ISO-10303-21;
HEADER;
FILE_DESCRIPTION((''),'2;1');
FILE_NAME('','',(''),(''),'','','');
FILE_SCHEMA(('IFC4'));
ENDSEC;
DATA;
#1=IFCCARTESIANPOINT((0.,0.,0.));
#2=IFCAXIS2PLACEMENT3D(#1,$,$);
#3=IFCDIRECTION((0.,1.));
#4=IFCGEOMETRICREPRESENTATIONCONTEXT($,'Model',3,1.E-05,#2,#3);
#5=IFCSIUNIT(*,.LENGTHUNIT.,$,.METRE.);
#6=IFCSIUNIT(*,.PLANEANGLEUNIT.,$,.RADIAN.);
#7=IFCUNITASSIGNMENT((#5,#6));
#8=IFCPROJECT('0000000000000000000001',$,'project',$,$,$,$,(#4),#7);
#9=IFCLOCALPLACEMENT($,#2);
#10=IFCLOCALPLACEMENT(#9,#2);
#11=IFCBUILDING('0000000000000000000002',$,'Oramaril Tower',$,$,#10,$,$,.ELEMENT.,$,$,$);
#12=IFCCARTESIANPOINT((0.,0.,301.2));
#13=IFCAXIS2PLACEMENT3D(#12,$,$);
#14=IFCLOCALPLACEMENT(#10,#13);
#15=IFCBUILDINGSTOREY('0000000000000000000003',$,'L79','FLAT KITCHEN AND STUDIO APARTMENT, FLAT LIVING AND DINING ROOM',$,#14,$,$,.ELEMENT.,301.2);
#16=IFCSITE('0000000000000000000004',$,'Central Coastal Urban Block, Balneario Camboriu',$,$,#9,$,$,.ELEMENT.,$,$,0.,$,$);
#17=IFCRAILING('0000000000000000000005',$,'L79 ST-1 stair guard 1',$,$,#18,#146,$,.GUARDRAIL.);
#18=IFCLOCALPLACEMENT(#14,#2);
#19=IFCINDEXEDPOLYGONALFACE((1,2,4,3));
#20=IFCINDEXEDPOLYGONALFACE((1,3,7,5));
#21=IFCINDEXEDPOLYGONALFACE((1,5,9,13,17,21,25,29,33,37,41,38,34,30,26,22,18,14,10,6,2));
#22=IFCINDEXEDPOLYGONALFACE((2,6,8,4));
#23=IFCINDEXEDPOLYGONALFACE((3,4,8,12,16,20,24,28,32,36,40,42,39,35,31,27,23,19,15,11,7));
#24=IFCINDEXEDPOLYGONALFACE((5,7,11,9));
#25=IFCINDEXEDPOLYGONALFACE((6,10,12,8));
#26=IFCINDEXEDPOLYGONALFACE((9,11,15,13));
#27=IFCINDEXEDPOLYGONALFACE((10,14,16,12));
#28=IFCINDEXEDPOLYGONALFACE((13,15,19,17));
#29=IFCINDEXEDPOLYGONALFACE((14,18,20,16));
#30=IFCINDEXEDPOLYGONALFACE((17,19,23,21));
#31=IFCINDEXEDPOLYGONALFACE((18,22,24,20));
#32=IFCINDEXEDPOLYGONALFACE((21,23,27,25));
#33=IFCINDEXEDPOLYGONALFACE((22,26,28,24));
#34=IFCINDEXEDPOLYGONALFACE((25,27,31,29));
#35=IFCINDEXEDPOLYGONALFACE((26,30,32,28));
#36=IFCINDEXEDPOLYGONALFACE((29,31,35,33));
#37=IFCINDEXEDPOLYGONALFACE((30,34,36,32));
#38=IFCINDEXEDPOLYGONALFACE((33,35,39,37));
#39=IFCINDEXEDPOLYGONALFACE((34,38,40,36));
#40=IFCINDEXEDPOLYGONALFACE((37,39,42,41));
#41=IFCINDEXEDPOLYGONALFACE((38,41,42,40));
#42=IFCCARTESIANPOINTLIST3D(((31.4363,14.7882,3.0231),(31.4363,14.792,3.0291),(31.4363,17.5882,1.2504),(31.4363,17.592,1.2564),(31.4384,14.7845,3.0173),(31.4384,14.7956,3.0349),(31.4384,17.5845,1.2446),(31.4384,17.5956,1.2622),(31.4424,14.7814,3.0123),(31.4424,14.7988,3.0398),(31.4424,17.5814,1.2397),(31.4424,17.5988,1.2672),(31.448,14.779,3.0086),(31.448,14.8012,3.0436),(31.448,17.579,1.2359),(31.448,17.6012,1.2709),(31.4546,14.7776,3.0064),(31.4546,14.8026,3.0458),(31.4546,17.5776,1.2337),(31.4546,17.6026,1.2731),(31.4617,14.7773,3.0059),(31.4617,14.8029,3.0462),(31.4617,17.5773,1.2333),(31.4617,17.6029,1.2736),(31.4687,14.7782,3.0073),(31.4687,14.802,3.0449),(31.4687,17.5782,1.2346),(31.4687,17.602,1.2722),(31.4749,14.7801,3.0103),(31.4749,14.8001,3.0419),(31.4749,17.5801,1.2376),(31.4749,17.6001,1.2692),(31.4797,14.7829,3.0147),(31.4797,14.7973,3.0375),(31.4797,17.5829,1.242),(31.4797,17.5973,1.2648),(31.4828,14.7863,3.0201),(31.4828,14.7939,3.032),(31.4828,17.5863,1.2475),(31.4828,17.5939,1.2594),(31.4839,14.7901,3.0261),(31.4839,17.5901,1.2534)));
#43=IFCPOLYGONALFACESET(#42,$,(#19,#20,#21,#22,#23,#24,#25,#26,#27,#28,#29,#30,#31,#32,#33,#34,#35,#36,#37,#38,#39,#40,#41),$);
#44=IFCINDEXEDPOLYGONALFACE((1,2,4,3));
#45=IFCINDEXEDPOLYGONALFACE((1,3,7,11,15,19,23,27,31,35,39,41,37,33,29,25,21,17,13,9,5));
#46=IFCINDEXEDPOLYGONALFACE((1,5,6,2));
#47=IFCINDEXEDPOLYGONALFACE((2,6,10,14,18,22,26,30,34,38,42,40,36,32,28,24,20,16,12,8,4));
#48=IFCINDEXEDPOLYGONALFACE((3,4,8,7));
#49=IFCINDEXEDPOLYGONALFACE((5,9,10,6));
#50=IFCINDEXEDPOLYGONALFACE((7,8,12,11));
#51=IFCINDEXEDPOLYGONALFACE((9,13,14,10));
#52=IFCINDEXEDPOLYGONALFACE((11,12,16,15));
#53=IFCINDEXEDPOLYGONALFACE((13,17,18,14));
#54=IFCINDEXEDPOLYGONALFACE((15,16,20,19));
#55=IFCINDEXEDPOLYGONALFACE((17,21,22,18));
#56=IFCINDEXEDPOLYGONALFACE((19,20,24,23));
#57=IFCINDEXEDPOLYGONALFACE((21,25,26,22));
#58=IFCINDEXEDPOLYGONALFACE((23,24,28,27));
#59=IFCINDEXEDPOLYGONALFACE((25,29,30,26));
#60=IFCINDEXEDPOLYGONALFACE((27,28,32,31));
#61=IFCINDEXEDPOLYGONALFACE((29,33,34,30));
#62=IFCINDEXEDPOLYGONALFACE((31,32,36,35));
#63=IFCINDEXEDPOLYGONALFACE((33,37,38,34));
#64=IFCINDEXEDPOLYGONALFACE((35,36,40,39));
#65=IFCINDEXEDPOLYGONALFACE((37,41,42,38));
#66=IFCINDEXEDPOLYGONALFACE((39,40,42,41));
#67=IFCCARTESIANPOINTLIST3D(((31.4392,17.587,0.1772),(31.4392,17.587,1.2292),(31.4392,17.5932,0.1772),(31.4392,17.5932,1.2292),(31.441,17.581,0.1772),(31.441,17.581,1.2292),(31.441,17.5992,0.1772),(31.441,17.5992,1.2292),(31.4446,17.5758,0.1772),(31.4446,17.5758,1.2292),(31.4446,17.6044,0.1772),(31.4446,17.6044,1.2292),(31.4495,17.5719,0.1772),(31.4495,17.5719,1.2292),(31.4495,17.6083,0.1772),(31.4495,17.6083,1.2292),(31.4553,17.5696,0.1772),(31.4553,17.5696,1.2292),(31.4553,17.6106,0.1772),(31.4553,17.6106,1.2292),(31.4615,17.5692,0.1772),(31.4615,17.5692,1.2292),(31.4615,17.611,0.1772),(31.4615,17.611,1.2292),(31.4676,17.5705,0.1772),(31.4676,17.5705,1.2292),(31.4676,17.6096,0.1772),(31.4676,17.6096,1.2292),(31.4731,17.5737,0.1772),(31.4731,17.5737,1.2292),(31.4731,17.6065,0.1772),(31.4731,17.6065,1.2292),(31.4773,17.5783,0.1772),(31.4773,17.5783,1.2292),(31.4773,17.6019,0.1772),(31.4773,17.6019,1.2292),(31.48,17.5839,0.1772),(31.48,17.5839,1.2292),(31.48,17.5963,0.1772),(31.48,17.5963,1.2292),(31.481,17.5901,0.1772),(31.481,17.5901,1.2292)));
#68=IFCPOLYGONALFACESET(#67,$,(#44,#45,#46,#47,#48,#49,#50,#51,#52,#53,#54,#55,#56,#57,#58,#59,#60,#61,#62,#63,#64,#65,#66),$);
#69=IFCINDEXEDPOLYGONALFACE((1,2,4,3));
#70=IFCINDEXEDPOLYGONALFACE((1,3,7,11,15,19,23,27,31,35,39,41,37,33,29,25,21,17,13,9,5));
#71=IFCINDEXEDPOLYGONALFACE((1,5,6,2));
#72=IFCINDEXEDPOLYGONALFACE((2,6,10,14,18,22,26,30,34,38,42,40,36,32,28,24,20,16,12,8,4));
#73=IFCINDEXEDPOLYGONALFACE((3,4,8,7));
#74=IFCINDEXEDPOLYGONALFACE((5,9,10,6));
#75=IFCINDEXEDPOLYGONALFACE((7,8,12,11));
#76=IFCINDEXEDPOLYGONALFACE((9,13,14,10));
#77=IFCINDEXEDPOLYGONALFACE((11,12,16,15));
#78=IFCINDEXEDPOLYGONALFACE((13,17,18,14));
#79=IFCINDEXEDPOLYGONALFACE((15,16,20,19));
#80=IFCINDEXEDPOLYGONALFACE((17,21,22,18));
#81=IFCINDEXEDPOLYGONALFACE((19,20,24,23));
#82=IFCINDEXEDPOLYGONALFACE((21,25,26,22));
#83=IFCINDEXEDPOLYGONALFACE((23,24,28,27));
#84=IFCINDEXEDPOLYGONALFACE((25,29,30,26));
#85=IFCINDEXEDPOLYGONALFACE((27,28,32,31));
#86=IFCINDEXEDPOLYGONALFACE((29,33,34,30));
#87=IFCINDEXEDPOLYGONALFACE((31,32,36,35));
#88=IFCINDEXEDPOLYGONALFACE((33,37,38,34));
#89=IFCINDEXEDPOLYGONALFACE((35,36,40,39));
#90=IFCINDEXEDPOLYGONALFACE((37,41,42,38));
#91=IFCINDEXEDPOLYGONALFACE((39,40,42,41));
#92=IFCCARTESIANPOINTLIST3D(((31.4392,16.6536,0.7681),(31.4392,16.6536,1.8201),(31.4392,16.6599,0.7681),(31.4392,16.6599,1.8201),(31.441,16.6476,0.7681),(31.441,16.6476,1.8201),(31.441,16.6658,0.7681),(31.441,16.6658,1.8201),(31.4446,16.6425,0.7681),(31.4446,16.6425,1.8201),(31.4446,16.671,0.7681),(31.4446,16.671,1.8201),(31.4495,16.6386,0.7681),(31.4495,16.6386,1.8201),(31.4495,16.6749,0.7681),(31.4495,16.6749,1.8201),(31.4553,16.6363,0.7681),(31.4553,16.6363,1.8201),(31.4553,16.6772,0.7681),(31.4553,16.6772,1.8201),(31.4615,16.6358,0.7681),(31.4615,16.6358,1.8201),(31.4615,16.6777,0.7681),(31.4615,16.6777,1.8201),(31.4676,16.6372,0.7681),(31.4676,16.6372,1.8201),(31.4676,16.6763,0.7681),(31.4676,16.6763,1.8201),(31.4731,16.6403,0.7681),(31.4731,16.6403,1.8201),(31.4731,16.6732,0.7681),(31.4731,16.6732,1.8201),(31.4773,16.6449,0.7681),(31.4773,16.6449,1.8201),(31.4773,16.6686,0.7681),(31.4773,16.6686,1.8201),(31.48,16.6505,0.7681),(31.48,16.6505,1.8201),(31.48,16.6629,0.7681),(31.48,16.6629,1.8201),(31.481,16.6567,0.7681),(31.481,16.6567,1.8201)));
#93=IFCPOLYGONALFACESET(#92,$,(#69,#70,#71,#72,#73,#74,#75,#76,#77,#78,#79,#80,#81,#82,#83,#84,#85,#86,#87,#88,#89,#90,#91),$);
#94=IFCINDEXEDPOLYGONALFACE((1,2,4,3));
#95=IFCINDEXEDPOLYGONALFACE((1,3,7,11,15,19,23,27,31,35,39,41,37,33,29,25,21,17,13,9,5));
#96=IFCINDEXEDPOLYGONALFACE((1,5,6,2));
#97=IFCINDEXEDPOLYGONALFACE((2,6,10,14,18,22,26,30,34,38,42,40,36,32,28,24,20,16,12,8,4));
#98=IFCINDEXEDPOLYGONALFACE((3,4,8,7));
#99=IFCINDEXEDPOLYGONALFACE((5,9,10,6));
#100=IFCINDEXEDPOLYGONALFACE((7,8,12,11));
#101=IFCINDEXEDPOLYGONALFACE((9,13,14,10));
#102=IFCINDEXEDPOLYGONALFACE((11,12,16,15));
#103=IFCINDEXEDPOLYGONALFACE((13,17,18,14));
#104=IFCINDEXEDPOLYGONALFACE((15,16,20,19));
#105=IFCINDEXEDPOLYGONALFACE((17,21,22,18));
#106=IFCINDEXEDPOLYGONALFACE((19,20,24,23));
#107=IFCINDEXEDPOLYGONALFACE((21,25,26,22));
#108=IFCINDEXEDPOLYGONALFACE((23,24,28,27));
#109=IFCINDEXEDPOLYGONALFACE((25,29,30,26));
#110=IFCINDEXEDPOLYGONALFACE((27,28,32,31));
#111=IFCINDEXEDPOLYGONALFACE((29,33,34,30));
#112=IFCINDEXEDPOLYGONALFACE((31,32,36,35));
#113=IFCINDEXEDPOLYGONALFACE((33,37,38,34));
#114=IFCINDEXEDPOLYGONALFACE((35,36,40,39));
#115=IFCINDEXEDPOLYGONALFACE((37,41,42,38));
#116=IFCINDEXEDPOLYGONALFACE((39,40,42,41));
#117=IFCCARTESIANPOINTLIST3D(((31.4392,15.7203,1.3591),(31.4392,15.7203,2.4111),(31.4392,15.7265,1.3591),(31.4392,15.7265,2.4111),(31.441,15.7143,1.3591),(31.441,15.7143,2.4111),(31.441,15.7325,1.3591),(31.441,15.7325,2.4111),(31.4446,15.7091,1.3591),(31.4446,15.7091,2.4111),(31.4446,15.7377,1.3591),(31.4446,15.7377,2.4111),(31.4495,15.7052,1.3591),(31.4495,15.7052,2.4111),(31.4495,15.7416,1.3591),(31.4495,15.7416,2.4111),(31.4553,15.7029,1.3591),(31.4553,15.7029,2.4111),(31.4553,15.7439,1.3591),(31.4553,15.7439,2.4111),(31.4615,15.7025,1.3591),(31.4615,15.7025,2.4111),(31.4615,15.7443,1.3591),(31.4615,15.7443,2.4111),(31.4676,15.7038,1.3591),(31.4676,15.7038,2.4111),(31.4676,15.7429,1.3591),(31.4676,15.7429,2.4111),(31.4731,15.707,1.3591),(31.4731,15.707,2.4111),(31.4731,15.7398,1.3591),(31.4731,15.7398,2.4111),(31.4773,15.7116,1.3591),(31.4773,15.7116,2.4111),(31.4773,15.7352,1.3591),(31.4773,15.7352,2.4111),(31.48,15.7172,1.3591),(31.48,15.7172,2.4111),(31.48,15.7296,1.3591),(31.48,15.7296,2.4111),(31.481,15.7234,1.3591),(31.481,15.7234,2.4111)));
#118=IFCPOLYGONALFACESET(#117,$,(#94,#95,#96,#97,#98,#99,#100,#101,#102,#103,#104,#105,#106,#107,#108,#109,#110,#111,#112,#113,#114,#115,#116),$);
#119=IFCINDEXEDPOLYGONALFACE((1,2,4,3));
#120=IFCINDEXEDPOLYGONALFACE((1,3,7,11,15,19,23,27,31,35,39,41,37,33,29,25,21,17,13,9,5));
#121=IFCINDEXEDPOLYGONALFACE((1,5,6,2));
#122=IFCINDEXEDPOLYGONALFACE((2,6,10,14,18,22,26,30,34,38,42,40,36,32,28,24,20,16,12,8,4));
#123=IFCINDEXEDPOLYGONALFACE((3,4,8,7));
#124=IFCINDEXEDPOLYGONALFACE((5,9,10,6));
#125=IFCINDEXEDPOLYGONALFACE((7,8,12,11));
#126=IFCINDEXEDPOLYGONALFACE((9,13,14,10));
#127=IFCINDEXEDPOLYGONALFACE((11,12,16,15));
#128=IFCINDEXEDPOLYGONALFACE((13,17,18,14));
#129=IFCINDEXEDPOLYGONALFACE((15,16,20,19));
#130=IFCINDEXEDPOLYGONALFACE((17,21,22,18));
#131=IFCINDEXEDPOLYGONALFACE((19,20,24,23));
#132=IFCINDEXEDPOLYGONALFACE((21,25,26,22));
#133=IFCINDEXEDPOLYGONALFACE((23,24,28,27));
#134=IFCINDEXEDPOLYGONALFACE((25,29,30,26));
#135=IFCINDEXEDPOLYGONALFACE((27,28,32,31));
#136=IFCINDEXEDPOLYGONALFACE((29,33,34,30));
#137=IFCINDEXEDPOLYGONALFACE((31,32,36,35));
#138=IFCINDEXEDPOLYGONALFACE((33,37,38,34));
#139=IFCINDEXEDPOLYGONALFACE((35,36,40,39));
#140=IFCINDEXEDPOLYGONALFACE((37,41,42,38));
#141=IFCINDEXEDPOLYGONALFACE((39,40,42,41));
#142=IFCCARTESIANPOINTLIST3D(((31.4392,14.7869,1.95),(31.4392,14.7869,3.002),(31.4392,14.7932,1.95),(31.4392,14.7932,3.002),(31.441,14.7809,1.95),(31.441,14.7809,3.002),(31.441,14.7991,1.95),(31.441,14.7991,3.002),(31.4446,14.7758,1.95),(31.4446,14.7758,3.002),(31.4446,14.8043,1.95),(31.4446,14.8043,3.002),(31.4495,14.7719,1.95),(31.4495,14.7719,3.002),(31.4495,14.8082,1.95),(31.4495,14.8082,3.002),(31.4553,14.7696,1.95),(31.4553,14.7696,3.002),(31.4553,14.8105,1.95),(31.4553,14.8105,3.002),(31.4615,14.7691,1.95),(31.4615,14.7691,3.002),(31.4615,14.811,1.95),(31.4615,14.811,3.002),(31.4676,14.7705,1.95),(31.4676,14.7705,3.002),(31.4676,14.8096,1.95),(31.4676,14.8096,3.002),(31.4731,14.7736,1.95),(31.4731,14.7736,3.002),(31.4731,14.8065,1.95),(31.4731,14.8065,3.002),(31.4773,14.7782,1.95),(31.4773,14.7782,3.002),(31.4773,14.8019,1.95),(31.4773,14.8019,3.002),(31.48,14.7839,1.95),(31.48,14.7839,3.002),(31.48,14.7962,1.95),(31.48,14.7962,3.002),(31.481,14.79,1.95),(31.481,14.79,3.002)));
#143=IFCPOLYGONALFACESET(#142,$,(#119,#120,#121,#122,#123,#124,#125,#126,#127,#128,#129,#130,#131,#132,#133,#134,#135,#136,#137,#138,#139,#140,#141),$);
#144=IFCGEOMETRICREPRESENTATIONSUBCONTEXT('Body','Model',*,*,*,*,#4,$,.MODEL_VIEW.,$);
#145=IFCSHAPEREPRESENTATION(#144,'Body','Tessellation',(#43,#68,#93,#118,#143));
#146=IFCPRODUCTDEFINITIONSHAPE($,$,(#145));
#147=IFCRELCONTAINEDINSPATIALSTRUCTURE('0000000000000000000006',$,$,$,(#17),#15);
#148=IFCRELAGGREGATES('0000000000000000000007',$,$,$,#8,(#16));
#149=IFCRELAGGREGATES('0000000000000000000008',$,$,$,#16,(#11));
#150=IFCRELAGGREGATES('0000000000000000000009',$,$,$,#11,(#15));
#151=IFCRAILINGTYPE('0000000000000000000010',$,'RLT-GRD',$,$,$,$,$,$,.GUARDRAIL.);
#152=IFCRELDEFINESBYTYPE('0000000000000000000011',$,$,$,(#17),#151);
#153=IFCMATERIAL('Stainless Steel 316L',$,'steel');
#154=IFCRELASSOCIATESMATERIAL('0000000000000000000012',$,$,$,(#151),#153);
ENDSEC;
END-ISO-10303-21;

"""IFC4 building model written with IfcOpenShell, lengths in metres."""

from ifc_helpers import new_model, si_unit, direction, frame, origin, origin_2d, place, context, subcontext, project, spatial, circle, extrude, material, type_object, element, save


model = new_model("IFC4")

# Units and contexts
model_context = context("Model", 3, precision=1e-05, world=origin(), true_north=direction((0.0, 1.0)))
body_context = subcontext(model_context, "Body", "Model", "MODEL_VIEW")
ifc_project = project(units=[si_unit("LENGTHUNIT", "METRE"), si_unit("PLANEANGLEUNIT", "RADIAN")], contexts=[model_context])

# Site, building, storey
site_placement = place(None, origin())
site = spatial("IfcSite", under=ifc_project, at=site_placement, Name="Central Coastal Urban Block, Balneario Camboriu", CompositionType="ELEMENT", RefElevation=0.0)
building_placement = place(site_placement, origin())
building = spatial("IfcBuilding", under=site, at=building_placement, Name="Oramaril Tower", CompositionType="ELEMENT")
storey_placement = place(building_placement, frame((0.0, 0.0, 301.2)))
storey = spatial("IfcBuildingStorey", under=building, at=storey_placement, Name="L79", Description="FLAT KITCHEN AND STUDIO APARTMENT, FLAT LIVING AND DINING ROOM", CompositionType="ELEMENT", Elevation=301.2)

# Railing
ifc_material_1 = material(Name="Stainless Steel 316L", Category="steel")
railing_type_1 = type_object("IfcRailingType", Name="RLT-GRD", PredefinedType="GUARDRAIL", material=ifc_material_1)
railing_1_placement = place(storey_placement, frame((31.46, 17.5901, 0.1772)))
element("IfcRailing", 1, at=railing_1_placement, inside=storey, type_object=railing_type_1, Name="L79 ST-1 stair guard 1", PredefinedType="GUARDRAIL", context=body_context, shape_type="SweptSolid", body=[
    extrude(circle(Radius=0.0239, at=origin_2d()), frame((0.0, 0.0, 1.0762), z_axis=(0.0, -0.844909, 0.53491), x_axis=(1.0, 0.0, 0.0)), (0.0, 0.0, 1.0), 3.314),
    extrude(circle(Radius=0.021, at=origin_2d()), origin(), (0.0, 0.0, 1.0), 1.052),
    extrude(circle(Radius=0.021, at=origin_2d()), frame((0.0, -0.9333, 0.5908)), (0.0, 0.0, 1.0), 1.052),
    extrude(circle(Radius=0.021, at=origin_2d()), frame((0.0, -1.8667, 1.1819)), (0.0, 0.0, 1.0), 1.052),
    extrude(circle(Radius=0.021, at=origin_2d()), frame((0.0, -2.8, 1.7727)), (0.0, 0.0, 1.0), 1.052),
])

save(model, "model.ifc")
